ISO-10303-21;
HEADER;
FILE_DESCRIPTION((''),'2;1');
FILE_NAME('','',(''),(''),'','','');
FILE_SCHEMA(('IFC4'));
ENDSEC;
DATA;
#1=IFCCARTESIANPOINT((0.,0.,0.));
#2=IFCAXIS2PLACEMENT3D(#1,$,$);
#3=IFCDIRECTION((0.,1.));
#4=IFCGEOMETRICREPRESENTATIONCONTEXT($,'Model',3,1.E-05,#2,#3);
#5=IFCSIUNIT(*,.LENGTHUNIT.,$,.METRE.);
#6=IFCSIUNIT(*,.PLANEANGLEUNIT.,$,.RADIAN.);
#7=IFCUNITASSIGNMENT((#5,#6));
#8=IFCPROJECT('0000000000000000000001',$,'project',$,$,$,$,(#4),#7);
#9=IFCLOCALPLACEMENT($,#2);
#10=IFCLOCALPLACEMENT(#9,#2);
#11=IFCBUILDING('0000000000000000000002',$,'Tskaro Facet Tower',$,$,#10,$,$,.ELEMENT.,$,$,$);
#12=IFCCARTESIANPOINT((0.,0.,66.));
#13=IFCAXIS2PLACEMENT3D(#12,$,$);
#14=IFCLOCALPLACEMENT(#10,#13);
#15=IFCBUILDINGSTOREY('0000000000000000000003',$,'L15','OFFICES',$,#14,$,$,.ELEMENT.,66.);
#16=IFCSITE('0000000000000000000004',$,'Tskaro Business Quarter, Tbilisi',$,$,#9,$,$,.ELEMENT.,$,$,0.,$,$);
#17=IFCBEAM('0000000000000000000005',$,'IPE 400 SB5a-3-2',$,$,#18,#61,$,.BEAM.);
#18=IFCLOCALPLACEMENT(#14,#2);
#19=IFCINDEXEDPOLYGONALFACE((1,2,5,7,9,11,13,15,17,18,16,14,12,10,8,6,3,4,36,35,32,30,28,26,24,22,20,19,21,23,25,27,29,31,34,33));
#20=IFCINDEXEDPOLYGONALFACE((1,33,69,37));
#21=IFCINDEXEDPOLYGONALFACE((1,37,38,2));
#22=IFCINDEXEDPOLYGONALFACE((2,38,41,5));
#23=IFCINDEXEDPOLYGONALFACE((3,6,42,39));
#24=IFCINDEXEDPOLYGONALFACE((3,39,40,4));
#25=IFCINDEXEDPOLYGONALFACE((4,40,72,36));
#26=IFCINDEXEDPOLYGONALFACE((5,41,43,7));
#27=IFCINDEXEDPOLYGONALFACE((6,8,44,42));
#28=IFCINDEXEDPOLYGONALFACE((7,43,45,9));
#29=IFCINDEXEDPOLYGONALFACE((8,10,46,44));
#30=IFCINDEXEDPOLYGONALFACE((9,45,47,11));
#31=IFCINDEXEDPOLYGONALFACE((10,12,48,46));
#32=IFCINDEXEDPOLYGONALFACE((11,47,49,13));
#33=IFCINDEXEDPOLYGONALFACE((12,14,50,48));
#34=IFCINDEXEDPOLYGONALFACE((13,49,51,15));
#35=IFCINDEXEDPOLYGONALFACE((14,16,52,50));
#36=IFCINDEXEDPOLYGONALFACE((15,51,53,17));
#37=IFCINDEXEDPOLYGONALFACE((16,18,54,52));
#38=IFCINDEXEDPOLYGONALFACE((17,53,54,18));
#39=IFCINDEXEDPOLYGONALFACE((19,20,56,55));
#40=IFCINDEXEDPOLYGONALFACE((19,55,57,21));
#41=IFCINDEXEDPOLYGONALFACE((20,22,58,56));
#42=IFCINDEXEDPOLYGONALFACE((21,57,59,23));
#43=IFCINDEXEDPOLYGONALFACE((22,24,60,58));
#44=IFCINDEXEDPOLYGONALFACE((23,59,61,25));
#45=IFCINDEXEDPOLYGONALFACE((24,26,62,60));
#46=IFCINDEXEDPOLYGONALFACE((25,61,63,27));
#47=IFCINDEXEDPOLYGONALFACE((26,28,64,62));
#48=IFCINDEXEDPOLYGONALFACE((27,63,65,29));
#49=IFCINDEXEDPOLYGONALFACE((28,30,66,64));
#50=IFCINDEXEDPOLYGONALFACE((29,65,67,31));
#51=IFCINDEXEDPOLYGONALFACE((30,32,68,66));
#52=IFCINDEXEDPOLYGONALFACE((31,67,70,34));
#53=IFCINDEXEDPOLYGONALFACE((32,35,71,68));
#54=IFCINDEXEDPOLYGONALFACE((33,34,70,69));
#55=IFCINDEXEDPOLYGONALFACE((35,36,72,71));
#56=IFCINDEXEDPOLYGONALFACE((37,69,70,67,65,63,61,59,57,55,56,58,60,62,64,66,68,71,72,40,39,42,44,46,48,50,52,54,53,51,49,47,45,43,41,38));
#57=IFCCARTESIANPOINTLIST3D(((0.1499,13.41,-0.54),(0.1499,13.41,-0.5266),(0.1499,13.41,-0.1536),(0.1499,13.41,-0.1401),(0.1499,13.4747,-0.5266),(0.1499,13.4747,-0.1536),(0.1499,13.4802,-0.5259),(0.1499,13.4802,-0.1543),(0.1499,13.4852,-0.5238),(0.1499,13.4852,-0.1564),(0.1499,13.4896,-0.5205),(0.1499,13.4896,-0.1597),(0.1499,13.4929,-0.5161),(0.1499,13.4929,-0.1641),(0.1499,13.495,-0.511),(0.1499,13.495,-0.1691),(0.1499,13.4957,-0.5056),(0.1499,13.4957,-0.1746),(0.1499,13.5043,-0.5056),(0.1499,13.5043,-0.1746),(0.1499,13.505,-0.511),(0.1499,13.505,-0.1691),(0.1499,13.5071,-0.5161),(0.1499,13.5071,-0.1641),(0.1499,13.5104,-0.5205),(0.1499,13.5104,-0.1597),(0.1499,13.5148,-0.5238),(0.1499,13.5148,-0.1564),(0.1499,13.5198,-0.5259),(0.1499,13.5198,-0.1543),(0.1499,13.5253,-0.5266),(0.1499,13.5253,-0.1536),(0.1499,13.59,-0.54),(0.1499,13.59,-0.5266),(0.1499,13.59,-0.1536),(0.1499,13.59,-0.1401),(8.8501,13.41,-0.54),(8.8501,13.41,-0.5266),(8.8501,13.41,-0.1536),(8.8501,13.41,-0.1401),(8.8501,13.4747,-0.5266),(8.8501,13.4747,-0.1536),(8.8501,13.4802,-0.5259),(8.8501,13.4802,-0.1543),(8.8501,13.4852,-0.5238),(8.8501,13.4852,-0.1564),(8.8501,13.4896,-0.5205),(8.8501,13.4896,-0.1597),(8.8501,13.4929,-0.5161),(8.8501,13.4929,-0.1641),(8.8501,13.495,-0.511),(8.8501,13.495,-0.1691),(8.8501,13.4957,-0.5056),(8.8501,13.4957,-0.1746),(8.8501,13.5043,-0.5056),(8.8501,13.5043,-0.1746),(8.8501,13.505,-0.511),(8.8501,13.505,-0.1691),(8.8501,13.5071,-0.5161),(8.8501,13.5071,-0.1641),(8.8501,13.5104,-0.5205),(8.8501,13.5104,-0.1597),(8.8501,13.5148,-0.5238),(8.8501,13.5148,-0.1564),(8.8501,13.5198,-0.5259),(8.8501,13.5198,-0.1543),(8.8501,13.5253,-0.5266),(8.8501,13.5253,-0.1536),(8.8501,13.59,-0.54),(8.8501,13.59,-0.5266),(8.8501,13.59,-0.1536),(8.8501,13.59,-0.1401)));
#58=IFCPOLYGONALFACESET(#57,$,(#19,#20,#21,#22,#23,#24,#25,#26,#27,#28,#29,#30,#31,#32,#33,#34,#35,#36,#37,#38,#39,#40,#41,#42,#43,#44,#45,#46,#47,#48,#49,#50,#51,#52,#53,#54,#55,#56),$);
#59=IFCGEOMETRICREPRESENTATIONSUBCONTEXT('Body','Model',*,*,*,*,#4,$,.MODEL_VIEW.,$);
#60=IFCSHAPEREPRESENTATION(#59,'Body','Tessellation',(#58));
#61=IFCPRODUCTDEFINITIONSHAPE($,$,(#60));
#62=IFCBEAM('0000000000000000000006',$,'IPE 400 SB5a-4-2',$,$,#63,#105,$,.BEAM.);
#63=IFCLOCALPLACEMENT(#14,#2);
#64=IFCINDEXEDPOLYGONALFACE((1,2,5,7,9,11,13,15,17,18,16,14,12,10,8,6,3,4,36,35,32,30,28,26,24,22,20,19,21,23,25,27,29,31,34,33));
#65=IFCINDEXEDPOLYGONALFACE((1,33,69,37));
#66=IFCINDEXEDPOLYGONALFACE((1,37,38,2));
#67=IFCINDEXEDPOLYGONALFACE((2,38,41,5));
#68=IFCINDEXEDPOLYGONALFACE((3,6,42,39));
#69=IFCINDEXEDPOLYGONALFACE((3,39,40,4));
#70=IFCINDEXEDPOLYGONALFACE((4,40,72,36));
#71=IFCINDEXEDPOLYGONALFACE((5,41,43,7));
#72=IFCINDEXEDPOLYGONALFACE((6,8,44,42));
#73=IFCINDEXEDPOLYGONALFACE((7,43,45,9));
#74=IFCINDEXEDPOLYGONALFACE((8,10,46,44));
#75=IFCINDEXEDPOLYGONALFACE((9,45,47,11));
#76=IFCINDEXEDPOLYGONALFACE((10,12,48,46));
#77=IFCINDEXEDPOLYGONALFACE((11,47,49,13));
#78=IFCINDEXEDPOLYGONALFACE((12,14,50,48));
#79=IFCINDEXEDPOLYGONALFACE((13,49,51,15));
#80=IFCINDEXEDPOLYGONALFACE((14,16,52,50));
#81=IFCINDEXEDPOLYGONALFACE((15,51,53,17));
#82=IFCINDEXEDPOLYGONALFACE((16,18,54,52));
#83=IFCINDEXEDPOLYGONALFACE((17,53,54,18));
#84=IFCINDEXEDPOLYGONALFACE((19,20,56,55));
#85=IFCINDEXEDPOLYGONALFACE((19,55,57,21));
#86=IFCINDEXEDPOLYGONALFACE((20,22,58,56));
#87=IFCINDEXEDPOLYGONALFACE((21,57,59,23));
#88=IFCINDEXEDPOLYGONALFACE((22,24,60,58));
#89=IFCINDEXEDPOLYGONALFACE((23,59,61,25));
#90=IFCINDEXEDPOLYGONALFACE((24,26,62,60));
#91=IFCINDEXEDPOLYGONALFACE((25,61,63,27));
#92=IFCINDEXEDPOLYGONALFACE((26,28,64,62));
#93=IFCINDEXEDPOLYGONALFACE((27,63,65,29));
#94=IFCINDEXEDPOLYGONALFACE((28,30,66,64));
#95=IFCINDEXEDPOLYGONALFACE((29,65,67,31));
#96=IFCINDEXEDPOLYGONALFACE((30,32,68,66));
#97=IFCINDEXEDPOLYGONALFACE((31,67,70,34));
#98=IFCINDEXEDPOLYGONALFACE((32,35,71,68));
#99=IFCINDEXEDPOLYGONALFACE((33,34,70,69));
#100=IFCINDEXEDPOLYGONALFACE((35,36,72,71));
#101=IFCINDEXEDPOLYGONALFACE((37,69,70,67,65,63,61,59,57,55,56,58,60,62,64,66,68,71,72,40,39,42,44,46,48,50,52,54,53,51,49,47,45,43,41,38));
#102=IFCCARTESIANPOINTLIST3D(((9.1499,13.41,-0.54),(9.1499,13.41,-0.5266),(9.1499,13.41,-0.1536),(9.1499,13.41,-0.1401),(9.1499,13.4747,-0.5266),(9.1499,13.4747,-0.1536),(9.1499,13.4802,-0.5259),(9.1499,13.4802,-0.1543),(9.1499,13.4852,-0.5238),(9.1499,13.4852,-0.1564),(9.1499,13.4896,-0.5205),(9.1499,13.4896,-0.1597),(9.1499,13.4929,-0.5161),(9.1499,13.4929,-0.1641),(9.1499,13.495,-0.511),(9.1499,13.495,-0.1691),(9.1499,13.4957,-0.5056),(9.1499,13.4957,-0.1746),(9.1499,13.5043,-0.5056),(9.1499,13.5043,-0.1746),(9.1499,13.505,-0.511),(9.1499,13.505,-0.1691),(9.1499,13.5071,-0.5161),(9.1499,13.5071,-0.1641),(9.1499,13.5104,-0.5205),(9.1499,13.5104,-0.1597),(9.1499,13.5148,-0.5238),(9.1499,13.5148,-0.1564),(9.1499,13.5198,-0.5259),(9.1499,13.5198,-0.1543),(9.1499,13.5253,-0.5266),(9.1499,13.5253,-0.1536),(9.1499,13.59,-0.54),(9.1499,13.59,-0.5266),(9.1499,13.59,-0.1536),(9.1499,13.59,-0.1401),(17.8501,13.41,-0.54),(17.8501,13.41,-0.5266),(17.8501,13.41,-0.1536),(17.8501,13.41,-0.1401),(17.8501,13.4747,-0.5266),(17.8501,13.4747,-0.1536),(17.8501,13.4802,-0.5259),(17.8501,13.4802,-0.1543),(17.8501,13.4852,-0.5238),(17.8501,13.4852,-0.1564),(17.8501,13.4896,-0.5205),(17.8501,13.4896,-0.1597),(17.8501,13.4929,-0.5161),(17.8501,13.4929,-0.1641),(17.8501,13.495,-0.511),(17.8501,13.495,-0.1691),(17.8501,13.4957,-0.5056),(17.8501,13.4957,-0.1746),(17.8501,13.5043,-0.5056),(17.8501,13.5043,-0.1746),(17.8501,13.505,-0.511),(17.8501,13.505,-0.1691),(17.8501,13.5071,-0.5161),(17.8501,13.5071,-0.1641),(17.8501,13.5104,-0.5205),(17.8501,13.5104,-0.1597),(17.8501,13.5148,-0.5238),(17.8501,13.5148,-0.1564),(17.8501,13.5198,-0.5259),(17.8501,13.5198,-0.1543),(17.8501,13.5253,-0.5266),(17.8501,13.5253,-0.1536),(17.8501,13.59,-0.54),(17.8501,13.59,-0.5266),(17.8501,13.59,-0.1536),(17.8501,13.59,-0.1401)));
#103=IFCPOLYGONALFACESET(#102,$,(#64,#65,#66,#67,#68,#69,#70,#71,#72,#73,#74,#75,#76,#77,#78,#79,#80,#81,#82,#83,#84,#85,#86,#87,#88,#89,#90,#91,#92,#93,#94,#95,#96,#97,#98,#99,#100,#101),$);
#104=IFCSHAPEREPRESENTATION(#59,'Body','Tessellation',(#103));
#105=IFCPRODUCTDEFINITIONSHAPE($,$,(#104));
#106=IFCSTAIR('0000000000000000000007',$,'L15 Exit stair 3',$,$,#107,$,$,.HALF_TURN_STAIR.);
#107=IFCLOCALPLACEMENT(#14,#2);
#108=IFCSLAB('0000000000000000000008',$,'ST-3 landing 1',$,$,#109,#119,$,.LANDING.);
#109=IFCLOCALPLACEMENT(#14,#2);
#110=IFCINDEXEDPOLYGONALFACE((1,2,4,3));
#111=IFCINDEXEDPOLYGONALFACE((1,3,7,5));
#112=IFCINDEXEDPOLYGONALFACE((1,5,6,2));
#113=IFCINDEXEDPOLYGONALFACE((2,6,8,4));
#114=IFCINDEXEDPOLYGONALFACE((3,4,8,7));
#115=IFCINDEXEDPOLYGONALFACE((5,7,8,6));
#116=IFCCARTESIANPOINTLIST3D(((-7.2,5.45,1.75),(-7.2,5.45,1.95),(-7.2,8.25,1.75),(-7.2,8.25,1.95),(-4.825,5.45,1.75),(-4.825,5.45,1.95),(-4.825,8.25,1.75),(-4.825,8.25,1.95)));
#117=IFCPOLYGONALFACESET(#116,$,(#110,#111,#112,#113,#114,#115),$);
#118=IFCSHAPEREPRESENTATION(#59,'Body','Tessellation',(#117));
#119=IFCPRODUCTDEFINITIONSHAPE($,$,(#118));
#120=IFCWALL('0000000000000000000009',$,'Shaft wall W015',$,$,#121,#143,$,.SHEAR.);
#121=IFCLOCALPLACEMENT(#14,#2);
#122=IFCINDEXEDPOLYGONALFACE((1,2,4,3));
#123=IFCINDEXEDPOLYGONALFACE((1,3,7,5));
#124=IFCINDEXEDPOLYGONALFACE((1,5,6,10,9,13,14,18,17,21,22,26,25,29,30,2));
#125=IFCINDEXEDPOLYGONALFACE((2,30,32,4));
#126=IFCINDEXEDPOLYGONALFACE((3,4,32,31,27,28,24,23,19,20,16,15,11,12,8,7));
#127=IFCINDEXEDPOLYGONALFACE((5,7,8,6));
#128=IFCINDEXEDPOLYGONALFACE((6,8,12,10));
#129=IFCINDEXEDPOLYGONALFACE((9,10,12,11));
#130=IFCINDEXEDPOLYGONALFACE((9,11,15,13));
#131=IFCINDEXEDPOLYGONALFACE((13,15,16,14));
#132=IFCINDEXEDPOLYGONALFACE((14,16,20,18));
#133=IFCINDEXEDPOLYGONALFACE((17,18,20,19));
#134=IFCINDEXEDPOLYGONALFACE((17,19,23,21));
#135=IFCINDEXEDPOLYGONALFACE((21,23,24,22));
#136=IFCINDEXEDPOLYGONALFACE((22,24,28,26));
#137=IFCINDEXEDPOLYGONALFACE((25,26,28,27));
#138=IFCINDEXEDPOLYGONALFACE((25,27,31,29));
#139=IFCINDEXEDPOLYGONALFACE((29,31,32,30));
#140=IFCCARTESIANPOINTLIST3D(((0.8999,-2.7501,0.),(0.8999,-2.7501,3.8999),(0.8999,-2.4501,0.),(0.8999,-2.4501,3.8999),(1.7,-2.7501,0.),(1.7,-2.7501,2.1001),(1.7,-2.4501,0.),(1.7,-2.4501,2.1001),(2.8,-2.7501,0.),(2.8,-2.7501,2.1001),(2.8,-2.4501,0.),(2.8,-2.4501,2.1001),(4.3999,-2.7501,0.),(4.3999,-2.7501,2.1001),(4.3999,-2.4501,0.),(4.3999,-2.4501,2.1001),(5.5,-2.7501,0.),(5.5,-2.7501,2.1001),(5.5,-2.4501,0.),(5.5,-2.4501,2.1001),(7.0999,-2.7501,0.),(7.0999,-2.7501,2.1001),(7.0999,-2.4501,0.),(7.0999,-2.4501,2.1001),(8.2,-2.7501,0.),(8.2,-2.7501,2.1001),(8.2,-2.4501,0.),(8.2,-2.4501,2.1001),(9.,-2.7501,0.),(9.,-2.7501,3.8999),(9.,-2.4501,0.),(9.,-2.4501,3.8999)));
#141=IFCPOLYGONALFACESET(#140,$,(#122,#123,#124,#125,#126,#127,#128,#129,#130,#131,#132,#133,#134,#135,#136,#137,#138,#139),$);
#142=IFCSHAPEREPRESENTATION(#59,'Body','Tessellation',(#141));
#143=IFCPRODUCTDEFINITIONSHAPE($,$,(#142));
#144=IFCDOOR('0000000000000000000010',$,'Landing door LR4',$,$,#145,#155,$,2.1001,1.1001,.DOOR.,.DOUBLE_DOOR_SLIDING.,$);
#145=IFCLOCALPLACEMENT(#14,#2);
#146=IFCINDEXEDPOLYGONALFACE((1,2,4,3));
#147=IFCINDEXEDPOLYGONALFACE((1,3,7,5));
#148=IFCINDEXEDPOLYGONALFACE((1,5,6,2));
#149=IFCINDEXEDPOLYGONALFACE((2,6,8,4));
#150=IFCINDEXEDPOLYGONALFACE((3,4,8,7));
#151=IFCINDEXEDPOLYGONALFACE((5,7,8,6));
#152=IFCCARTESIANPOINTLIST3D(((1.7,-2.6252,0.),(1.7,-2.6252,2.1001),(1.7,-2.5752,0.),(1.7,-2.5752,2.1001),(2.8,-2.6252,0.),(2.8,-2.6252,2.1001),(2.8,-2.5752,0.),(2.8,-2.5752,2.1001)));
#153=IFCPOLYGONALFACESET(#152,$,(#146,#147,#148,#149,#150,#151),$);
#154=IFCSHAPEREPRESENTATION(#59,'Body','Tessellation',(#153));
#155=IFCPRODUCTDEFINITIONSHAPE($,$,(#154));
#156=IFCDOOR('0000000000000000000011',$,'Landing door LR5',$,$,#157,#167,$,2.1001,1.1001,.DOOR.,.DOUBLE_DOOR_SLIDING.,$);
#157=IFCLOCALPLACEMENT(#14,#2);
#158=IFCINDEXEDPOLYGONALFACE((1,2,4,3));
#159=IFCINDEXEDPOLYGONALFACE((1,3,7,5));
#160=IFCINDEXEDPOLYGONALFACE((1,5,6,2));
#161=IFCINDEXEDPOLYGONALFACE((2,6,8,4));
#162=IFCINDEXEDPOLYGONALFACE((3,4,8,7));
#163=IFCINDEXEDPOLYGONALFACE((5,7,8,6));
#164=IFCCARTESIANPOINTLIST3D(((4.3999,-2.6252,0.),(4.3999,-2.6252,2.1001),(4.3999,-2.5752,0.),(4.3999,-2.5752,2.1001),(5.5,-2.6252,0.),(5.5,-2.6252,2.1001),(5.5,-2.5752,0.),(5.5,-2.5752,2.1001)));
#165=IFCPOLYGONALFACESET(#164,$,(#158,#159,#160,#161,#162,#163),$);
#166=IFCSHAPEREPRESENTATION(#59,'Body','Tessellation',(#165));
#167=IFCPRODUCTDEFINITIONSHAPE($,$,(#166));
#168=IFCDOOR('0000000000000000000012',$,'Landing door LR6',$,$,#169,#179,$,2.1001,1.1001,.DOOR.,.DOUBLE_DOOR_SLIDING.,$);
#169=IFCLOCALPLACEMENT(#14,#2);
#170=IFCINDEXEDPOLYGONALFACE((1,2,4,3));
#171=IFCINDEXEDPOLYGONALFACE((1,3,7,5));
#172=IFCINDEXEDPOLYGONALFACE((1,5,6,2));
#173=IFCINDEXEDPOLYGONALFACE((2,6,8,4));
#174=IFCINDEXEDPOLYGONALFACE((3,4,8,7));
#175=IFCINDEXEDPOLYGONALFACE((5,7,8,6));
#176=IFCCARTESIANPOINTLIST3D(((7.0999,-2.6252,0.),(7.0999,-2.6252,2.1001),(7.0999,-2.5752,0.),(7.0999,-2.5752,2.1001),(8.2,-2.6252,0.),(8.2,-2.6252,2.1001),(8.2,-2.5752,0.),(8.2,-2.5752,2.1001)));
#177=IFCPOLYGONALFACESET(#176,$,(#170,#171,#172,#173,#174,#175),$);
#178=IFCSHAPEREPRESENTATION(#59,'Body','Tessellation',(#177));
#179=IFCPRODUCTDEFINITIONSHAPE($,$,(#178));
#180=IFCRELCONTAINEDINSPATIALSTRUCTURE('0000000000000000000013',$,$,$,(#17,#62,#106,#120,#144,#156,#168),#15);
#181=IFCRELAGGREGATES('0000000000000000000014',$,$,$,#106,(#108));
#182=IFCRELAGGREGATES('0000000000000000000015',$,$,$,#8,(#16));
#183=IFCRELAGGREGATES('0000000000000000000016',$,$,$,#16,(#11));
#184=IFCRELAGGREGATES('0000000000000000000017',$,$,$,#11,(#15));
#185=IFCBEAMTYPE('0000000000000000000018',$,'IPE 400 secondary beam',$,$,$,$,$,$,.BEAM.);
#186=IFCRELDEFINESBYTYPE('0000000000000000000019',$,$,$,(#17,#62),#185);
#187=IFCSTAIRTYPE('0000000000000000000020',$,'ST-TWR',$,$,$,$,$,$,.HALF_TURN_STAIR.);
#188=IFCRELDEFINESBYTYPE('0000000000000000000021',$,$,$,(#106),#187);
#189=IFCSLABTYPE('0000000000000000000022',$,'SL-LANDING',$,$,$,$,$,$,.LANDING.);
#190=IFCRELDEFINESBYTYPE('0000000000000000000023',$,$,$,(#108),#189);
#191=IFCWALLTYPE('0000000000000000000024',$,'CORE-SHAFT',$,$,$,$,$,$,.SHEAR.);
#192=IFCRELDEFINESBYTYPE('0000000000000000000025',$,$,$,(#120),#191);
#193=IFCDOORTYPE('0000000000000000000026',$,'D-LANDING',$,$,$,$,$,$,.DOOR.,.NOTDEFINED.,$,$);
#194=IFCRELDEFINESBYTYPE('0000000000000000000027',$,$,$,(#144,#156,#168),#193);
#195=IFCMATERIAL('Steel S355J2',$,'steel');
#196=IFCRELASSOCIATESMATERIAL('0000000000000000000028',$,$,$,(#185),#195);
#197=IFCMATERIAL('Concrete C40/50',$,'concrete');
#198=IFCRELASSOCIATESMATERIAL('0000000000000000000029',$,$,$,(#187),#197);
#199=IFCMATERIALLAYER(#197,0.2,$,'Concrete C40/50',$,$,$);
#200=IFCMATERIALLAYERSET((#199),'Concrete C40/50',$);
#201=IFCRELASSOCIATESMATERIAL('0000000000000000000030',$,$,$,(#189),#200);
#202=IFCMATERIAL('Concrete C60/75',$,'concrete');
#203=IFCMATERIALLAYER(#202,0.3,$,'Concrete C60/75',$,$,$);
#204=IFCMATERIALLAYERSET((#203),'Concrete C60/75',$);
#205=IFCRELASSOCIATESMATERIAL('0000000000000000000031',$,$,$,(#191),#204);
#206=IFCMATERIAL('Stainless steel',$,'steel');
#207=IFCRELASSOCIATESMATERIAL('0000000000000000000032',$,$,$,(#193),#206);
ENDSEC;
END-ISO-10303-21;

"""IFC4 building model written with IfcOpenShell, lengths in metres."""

from ifc_helpers import new_model, si_unit, direction, frame, frame_2d, origin, origin_2d, place, context, subcontext, project, spatial, polyline, rectangle, i_section, outline, extrude, material, layer, layer_set, material_profile, profile_set, type_object, element, fill, aggregate, save


model = new_model("IFC4")

# Units and contexts
model_context = context("Model", 3, precision=1e-05, world=origin(), true_north=direction((0.0, 1.0)))
body_context = subcontext(model_context, "Body", "Model", "MODEL_VIEW")
ifc_project = project(units=[si_unit("LENGTHUNIT", "METRE"), si_unit("PLANEANGLEUNIT", "RADIAN")], contexts=[model_context])

# Site, building, storey
site_placement = place(None, origin())
site = spatial("IfcSite", under=ifc_project, at=site_placement, Name="Tskaro Business Quarter, Tbilisi", CompositionType="ELEMENT", RefElevation=0.0)
building_placement = place(site_placement, origin())
building = spatial("IfcBuilding", under=site, at=building_placement, Name="Tskaro Facet Tower", CompositionType="ELEMENT")
storey_placement = place(building_placement, frame((0.0, 0.0, 66.0)))
storey = spatial("IfcBuildingStorey", under=building, at=storey_placement, Name="L15", Description="OFFICES", CompositionType="ELEMENT", Elevation=66.0)

# Beams
ifc_material_1 = material(Name="Steel S355J2", Category="steel")
ifc_material_profile_1 = material_profile(ifc_material_1, i_section(OverallWidth=0.1799, OverallDepth=0.3999, WebThickness=0.0085, FlangeThickness=0.0134, FilletRadius=0.021, at=origin_2d()), Name="IPE 400")
ifc_profile_set_1 = profile_set([ifc_material_profile_1], Name="Steel S355J2")
beam_type_1 = type_object("IfcBeamType", Name="IPE 400 secondary beam", PredefinedType="BEAM", material=ifc_profile_set_1)
for number, where, z_axis, x_axis, name in (
    (1, (0.1499, 13.5, -0.3401), (1.0, 0.0, 0.0), (0.0, 1.0, 0.0), "IPE 400 SB5a-3-2"),
    (2, (9.1499, 13.5, -0.3401), (1.0, 0.0, 0.0), (0.0, 1.0, 0.0), "IPE 400 SB5a-4-2"),
):
    element("IfcBeam", number, at=place(storey_placement, frame(where, z_axis=z_axis, x_axis=x_axis)), inside=storey, type_object=beam_type_1, Name=name, PredefinedType="BEAM", context=body_context, shape_type="SweptSolid", body=[
        extrude(i_section(OverallWidth=0.1799, OverallDepth=0.3999, WebThickness=0.0085, FlangeThickness=0.0134, FilletRadius=0.021, at=origin_2d()), origin(), (0.0, 0.0, 1.0), 8.7002),
    ])

# Stair, slab
ifc_material_2 = material(Name="Concrete C40/50", Category="concrete")
stair_type = type_object("IfcStairType", Name="ST-TWR", PredefinedType="HALF_TURN_STAIR", material=ifc_material_2)
stair_placement = place(storey_placement, origin())
stair = element("IfcStair", 3, at=stair_placement, inside=storey, type_object=stair_type, Name="L15 Exit stair 3", PredefinedType="HALF_TURN_STAIR")
ifc_layer_1 = layer(ifc_material_2, 0.2, Name="Concrete C40/50")
ifc_layer_set_1 = layer_set([ifc_layer_1], Name="Concrete C40/50")
slab_type = type_object("IfcSlabType", Name="SL-LANDING", PredefinedType="LANDING", material=ifc_layer_set_1)
slab_placement = place(storey_placement, frame((0.0, 0.0, 1.75)))
slab = element("IfcSlab", 4, at=slab_placement, type_object=slab_type, Name="ST-3 landing 1", PredefinedType="LANDING", context=body_context, shape_type="SweptSolid", body=[
    extrude(outline(polyline([(-7.2, 5.45), (-4.825, 5.45), (-4.825, 8.25), (-7.2, 8.25), (-7.2, 5.45)])), origin(), (0.0, 0.0, 1.0), 0.2),
])
aggregate(stair, [slab])

# Wall, openings, doors
ifc_material_3 = material(Name="Concrete C60/75", Category="concrete")
ifc_layer_2 = layer(ifc_material_3, 0.3, Name="Concrete C60/75")
ifc_layer_set_2 = layer_set([ifc_layer_2], Name="Concrete C60/75")
wall_type_1 = type_object("IfcWallType", Name="CORE-SHAFT", PredefinedType="SHEAR", material=ifc_layer_set_2)
wall_1_placement = place(storey_placement, frame((0.8999, -2.6001, 0.0), z_axis=(0.0, 0.0, 1.0), x_axis=(1.0, 0.0, 0.0)))
wall_1 = element("IfcWall", 5, at=wall_1_placement, inside=storey, type_object=wall_type_1, Name="Shaft wall W015", PredefinedType="SHEAR", context=body_context, shape_type="SweptSolid", body=[
    extrude(rectangle(XDim=8.1001, YDim=0.3, at=frame_2d((4.05, 0.0))), origin(), (0.0, 0.0, 1.0), 3.8999),
])
opening_1_placement = place(wall_1_placement, frame((0.8, 0.0, 0.0)))
opening_1 = element("IfcOpeningElement", 6, at=opening_1_placement, cuts=wall_1, PredefinedType="OPENING", context=body_context, shape_type="SweptSolid", body=[
    extrude(rectangle(XDim=1.1001, YDim=2.1001, at=frame_2d((0.55, 1.05))), frame((0.0, 0.1599, 0.0), z_axis=(0.0, -1.0, 0.0), x_axis=(1.0, 0.0, 0.0)), (0.0, 0.0, 1.0), 0.3201),
])
opening_2_placement = place(wall_1_placement, frame((3.5, 0.0, 0.0)))
opening_2 = element("IfcOpeningElement", 7, at=opening_2_placement, cuts=wall_1, PredefinedType="OPENING", context=body_context, shape_type="SweptSolid", body=[
    extrude(rectangle(XDim=1.1001, YDim=2.1001, at=frame_2d((0.55, 1.05))), frame((0.0, 0.1599, 0.0), z_axis=(0.0, -1.0, 0.0), x_axis=(1.0, 0.0, 0.0)), (0.0, 0.0, 1.0), 0.3201),
])
opening_3_placement = place(wall_1_placement, frame((6.2, 0.0, 0.0)))
opening_3 = element("IfcOpeningElement", 8, at=opening_3_placement, cuts=wall_1, PredefinedType="OPENING", context=body_context, shape_type="SweptSolid", body=[
    extrude(rectangle(XDim=1.1001, YDim=2.1001, at=frame_2d((0.55, 1.05))), frame((0.0, 0.1599, 0.0), z_axis=(0.0, -1.0, 0.0), x_axis=(1.0, 0.0, 0.0)), (0.0, 0.0, 1.0), 0.3201),
])
ifc_material_4 = material(Name="Stainless steel", Category="steel")
door_type_1 = type_object("IfcDoorType", Name="D-LANDING", OperationType="NOTDEFINED", PredefinedType="DOOR", material=ifc_material_4)
door_1_placement = place(opening_1_placement, origin())
door_1 = element("IfcDoor", 9, at=door_1_placement, inside=storey, type_object=door_type_1, Name="Landing door LR4", OperationType="DOUBLE_DOOR_SLIDING", OverallHeight=2.1001, OverallWidth=1.1001, PredefinedType="DOOR", context=body_context, shape_type="SweptSolid", body=[
    extrude(rectangle(XDim=1.1001, YDim=2.1001, at=frame_2d((0.55, 1.05))), frame((0.0, 0.0249, 0.0), z_axis=(0.0, -1.0, 0.0), x_axis=(1.0, 0.0, 0.0)), (0.0, 0.0, 1.0), 0.05),
])
fill(opening_1, door_1)
door_2_placement = place(opening_2_placement, origin())
door_2 = element("IfcDoor", 10, at=door_2_placement, inside=storey, type_object=door_type_1, Name="Landing door LR5", OperationType="DOUBLE_DOOR_SLIDING", OverallHeight=2.1001, OverallWidth=1.1001, PredefinedType="DOOR", context=body_context, shape_type="SweptSolid", body=[
    extrude(rectangle(XDim=1.1001, YDim=2.1001, at=frame_2d((0.55, 1.05))), frame((0.0, 0.0249, 0.0), z_axis=(0.0, -1.0, 0.0), x_axis=(1.0, 0.0, 0.0)), (0.0, 0.0, 1.0), 0.05),
])
fill(opening_2, door_2)
door_3_placement = place(opening_3_placement, origin())
door_3 = element("IfcDoor", 11, at=door_3_placement, inside=storey, type_object=door_type_1, Name="Landing door LR6", OperationType="DOUBLE_DOOR_SLIDING", OverallHeight=2.1001, OverallWidth=1.1001, PredefinedType="DOOR", context=body_context, shape_type="SweptSolid", body=[
    extrude(rectangle(XDim=1.1001, YDim=2.1001, at=frame_2d((0.55, 1.05))), frame((0.0, 0.0249, 0.0), z_axis=(0.0, -1.0, 0.0), x_axis=(1.0, 0.0, 0.0)), (0.0, 0.0, 1.0), 0.05),
])
fill(opening_3, door_3)

save(model, "model.ifc")
